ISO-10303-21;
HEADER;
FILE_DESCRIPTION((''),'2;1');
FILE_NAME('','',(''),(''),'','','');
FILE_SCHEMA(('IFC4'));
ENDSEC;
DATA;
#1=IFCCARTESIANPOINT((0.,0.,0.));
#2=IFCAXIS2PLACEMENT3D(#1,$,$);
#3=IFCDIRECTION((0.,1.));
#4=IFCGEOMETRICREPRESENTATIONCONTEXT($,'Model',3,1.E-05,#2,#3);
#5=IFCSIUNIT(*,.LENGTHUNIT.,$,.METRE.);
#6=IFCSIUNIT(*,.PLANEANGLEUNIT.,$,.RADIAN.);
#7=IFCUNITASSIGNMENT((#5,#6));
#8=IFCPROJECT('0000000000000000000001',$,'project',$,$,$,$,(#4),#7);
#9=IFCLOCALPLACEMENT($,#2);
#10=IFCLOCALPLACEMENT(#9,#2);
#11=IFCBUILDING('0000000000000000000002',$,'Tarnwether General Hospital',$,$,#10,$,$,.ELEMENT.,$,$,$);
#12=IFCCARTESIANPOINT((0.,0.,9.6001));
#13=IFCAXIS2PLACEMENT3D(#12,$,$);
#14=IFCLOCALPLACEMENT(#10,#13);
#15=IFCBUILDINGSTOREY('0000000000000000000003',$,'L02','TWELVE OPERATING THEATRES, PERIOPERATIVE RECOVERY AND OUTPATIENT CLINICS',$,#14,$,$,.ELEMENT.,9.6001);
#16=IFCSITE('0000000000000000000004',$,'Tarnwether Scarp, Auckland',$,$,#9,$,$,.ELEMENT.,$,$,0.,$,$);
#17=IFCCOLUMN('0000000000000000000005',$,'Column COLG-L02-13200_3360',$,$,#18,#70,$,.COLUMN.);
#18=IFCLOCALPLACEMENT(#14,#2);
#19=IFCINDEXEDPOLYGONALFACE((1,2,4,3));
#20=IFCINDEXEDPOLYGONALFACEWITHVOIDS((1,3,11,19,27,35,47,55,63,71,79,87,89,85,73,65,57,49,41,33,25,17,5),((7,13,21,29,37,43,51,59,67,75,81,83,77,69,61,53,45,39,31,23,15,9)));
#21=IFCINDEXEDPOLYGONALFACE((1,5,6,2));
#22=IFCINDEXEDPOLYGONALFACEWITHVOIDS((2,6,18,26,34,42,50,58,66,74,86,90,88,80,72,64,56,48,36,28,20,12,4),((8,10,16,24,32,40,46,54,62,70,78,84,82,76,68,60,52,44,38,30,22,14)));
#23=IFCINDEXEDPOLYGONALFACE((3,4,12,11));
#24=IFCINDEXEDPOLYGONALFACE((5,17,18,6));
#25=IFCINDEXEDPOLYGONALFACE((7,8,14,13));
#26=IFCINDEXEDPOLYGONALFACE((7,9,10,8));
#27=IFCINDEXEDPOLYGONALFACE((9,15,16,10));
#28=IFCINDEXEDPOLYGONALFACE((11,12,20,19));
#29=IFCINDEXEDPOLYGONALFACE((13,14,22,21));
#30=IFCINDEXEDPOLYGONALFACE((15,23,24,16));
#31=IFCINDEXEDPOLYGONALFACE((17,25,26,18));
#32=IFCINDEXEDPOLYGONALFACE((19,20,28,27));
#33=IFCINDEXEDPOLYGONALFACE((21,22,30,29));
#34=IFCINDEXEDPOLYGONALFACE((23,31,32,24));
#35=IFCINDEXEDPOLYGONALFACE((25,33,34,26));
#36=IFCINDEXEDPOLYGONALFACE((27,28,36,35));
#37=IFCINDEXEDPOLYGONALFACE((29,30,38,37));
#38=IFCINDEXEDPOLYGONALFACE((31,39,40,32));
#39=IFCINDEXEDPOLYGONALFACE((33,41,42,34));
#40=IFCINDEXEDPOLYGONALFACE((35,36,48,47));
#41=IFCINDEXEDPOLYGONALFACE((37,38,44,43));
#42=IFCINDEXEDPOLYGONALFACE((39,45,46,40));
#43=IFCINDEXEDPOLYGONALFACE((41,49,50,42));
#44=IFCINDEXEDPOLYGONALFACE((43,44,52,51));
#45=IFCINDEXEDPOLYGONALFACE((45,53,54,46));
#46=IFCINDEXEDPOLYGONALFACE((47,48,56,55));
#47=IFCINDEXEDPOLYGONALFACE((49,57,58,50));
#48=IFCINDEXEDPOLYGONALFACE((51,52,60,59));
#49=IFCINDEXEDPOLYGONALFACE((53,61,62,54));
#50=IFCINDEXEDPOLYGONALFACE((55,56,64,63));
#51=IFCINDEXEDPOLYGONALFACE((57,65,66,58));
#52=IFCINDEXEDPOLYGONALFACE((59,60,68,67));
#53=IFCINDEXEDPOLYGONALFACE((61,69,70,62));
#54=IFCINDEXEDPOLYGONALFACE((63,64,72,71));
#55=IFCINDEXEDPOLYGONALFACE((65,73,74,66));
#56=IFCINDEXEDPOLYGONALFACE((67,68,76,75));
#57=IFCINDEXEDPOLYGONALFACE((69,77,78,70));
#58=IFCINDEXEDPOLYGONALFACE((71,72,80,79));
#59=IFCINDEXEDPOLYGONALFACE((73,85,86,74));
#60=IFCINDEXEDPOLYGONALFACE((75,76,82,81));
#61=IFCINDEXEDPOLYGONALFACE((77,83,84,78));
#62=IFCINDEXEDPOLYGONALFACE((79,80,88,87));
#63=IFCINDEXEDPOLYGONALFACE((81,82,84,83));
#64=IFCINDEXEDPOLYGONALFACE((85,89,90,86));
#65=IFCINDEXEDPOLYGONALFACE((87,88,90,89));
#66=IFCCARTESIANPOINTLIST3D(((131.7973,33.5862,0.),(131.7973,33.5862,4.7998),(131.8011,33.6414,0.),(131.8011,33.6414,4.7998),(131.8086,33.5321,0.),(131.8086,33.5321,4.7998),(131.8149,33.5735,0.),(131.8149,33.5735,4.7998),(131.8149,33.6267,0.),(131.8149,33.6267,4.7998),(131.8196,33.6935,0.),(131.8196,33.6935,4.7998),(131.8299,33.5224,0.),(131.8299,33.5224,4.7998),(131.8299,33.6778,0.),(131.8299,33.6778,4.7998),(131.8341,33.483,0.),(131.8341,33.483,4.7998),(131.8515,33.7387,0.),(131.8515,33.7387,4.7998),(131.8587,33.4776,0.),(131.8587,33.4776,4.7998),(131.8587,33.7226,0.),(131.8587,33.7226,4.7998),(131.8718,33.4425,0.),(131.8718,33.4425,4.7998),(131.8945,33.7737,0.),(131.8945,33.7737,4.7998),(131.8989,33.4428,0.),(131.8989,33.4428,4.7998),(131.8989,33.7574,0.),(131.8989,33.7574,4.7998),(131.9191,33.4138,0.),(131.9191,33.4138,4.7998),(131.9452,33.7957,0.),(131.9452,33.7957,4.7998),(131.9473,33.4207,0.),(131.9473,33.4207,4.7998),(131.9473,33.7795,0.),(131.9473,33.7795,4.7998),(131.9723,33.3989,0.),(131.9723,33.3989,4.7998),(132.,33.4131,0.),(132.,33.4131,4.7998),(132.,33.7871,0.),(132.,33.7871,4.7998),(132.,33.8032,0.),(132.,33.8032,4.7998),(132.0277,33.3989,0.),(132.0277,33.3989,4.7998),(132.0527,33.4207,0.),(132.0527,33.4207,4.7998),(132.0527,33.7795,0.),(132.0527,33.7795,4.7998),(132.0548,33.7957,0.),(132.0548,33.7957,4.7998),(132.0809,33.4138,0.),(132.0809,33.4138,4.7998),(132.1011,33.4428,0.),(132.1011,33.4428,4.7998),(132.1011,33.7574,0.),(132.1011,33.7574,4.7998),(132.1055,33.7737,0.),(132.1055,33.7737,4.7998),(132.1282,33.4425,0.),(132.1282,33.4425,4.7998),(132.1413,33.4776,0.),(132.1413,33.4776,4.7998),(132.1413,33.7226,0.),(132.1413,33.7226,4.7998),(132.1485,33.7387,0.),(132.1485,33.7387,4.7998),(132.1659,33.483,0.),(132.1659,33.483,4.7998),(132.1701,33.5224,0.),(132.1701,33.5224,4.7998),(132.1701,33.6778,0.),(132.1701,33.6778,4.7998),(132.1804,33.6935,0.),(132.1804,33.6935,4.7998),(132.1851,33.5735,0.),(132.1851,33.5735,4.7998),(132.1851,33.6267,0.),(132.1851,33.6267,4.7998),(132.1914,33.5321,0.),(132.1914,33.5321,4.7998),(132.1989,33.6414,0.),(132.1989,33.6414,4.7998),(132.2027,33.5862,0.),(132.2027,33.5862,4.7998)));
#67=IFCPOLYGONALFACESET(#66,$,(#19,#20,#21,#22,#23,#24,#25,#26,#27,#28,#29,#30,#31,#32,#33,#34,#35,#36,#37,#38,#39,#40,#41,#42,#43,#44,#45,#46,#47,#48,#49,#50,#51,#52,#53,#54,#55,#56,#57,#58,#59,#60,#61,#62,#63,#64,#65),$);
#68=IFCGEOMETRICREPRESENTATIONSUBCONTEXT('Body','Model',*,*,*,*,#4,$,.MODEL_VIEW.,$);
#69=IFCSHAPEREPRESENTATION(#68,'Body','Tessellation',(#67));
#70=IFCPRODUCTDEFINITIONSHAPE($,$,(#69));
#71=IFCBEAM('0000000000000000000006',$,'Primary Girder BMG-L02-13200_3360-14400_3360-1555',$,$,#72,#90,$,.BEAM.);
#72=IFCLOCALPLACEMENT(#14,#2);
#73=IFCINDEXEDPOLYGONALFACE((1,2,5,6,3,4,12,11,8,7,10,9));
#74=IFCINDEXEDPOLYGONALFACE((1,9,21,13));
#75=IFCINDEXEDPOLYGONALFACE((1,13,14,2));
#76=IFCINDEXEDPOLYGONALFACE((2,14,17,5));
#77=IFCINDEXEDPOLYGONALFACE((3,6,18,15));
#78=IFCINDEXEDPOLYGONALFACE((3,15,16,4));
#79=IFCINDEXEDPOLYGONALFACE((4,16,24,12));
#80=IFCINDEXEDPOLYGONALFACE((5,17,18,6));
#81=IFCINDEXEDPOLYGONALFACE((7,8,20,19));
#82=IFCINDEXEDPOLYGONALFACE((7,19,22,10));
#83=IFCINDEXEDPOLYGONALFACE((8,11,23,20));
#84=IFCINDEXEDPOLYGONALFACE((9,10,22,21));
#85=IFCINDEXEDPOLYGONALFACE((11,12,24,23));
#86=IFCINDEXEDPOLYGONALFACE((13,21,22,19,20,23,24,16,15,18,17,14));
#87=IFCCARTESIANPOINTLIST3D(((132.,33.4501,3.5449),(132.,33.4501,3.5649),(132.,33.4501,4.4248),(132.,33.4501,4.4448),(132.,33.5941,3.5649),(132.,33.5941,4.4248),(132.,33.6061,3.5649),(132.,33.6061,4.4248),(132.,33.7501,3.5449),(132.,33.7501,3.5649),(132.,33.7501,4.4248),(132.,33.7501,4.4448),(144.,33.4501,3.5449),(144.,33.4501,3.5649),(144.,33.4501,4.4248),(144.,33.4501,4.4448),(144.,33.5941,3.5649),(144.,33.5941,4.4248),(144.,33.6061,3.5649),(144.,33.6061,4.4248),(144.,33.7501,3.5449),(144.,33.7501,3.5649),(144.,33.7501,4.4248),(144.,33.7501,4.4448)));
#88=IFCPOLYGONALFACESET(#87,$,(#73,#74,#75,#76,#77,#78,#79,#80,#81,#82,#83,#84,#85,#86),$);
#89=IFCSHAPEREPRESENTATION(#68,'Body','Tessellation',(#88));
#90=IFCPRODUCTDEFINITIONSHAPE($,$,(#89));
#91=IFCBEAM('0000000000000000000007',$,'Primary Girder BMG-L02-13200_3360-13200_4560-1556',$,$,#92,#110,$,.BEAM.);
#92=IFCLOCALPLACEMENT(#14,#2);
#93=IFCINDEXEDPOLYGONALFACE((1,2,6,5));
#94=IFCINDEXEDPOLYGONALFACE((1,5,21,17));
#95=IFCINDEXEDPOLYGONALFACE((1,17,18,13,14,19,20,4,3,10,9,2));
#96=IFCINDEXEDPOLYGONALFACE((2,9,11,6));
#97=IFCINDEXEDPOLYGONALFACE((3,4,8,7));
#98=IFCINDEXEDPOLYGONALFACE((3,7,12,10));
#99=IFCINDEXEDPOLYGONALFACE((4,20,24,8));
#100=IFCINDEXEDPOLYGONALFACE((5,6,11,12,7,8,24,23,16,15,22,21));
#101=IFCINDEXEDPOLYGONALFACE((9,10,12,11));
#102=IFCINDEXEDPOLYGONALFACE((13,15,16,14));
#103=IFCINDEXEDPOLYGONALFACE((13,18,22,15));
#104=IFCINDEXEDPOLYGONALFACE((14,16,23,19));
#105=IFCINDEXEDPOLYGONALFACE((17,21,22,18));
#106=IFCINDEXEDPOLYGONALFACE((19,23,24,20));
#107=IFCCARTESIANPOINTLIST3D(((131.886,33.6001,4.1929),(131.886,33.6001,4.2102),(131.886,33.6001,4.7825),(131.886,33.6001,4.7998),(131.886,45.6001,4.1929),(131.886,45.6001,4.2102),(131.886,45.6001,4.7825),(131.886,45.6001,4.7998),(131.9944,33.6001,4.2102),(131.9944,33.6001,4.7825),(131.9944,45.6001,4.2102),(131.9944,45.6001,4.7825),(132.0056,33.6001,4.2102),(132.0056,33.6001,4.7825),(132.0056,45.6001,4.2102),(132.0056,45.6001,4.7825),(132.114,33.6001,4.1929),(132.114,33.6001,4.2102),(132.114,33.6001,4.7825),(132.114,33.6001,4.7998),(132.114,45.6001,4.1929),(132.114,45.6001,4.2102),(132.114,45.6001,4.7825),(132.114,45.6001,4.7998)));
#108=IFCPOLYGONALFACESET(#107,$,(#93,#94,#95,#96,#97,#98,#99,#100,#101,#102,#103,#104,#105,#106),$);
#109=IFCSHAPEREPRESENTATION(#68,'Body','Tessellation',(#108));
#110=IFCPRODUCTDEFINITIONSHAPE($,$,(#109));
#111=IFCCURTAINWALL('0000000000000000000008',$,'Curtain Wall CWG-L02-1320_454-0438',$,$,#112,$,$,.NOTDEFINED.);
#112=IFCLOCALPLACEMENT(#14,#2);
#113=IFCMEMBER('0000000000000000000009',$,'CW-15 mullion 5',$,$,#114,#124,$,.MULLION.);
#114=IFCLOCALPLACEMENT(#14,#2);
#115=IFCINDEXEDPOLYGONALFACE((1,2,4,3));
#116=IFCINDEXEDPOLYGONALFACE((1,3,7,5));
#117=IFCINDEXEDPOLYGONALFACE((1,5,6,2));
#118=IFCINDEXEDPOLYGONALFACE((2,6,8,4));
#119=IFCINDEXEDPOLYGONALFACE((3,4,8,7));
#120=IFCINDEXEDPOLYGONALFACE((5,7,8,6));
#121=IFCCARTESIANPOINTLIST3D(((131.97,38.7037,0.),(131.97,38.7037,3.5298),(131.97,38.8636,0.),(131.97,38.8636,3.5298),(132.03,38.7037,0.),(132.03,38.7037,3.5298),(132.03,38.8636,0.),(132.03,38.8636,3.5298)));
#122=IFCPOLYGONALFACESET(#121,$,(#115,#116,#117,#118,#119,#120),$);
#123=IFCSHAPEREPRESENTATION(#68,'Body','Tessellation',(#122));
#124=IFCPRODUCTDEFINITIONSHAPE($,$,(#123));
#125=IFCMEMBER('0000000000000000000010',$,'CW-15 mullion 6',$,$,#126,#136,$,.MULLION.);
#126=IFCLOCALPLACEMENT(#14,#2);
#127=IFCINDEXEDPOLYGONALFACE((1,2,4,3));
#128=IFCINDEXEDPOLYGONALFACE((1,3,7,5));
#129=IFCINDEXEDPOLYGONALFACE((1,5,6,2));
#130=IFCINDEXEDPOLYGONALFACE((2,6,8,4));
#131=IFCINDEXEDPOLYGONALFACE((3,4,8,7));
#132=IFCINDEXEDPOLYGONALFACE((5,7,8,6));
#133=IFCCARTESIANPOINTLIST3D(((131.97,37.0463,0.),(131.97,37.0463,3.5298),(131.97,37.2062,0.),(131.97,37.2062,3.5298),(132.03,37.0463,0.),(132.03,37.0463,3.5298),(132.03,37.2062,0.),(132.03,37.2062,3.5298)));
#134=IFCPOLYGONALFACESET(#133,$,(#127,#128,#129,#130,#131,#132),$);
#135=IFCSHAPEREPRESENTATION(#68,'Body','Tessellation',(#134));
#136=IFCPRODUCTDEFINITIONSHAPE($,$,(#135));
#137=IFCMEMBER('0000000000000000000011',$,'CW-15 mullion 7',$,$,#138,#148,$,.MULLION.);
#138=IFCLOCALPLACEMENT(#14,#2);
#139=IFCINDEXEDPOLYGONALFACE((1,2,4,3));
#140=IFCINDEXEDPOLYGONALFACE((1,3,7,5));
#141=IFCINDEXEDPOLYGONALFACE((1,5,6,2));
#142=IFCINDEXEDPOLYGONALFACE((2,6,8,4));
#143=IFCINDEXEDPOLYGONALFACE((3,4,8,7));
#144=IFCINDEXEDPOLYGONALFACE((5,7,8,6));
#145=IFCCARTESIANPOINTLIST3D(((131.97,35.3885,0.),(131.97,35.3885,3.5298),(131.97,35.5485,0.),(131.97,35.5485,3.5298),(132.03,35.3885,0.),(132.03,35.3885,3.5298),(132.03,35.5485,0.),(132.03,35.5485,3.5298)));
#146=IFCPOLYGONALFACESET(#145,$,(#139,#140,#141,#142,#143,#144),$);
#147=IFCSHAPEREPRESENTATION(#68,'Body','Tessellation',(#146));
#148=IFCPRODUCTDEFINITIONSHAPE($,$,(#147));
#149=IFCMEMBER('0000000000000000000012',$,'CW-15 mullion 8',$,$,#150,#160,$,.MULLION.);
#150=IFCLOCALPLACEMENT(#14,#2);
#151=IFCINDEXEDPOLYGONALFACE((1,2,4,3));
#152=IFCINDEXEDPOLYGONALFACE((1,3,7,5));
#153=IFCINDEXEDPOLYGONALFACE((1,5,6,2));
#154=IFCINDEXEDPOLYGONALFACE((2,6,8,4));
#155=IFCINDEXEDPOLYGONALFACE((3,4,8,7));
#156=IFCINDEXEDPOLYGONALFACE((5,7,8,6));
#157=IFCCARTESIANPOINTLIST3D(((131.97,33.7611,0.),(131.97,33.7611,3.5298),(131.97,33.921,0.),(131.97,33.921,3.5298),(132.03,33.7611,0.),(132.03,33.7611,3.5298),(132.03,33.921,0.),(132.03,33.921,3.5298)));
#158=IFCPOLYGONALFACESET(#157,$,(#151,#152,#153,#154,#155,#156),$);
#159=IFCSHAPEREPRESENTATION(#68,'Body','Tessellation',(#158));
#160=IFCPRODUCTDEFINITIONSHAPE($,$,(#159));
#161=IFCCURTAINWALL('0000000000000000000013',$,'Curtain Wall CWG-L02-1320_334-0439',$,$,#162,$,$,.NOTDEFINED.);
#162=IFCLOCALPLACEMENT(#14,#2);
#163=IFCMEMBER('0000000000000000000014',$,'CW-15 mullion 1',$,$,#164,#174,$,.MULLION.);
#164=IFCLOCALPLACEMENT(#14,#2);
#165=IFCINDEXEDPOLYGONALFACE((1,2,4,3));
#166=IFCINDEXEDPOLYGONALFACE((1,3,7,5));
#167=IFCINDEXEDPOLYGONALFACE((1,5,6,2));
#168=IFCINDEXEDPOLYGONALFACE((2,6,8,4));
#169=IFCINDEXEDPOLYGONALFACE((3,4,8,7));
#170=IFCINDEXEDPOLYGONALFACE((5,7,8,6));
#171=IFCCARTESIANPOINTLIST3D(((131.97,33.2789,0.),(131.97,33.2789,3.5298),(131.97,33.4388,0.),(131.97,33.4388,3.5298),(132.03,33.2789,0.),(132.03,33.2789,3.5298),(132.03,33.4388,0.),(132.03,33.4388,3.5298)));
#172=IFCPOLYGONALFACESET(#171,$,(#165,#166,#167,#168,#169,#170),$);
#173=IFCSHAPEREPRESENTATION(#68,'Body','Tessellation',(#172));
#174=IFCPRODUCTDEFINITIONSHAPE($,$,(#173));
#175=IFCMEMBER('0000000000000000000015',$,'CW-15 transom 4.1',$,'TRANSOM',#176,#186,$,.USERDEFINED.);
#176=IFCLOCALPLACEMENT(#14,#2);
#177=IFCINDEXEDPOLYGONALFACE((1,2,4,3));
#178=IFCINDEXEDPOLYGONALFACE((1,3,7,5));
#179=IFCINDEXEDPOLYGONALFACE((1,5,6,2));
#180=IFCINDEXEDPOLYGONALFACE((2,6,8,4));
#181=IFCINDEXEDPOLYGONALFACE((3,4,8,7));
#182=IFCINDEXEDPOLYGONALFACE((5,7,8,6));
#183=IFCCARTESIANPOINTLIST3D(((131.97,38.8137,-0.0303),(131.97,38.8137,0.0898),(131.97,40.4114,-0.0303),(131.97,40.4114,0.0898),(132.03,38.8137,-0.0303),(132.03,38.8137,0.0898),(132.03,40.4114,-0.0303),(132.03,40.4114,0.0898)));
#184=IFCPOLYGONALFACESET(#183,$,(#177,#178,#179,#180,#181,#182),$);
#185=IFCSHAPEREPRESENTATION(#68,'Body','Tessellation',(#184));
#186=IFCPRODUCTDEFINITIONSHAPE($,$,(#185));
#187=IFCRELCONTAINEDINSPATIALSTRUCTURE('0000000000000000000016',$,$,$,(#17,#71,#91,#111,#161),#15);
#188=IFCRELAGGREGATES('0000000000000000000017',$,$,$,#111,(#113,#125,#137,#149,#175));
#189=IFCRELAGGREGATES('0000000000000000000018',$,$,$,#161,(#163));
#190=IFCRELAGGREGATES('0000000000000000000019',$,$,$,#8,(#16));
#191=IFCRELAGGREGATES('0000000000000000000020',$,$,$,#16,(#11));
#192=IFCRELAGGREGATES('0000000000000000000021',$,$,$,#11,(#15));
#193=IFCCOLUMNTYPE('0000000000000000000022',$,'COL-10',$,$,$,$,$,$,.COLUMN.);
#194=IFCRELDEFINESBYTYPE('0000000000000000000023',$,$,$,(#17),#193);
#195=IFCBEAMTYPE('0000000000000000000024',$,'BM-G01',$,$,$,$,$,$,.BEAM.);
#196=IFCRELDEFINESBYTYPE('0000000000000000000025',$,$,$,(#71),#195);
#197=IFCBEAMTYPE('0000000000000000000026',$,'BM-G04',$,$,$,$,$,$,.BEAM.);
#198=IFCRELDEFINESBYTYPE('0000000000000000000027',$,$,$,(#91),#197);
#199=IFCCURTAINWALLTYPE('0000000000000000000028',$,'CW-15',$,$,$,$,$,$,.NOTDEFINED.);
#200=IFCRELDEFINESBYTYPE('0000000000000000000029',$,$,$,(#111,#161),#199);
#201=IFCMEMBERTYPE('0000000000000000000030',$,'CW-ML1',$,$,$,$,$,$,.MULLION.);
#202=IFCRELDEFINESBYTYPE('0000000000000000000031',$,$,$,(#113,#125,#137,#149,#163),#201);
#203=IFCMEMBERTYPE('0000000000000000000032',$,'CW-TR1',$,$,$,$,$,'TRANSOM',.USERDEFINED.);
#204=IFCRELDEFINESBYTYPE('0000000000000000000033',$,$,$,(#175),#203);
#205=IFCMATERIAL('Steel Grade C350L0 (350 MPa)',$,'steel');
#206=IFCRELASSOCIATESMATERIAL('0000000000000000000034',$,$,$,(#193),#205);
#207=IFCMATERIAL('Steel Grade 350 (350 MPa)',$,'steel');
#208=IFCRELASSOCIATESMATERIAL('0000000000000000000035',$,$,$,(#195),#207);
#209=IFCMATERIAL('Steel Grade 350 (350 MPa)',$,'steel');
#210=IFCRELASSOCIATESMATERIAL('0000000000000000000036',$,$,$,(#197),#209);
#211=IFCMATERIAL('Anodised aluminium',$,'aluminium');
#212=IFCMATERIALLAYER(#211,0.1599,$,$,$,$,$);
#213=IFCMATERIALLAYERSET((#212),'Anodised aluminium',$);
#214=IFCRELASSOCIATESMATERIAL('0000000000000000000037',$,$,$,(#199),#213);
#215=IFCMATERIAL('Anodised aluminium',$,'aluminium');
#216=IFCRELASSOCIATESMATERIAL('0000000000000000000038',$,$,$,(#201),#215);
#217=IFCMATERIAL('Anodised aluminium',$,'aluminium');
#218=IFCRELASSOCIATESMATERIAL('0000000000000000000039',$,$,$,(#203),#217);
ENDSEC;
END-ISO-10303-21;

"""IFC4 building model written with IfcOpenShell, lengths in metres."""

from ifc_helpers import new_model, si_unit, direction, frame, origin, origin_2d, place, context, subcontext, project, spatial, rectangle, hollow_circle, i_section, extrude, material, layer, layer_set, material_profile, profile_set, type_object, element, aggregate, save


model = new_model("IFC4")

# Units and contexts
model_context = context("Model", 3, precision=1e-05, world=origin(), true_north=direction((0.0, 1.0)))
body_context = subcontext(model_context, "Body", "Model", "MODEL_VIEW")
ifc_project = project(units=[si_unit("LENGTHUNIT", "METRE"), si_unit("PLANEANGLEUNIT", "RADIAN")], contexts=[model_context])

# Site, building, storey
site_placement = place(None, origin())
site = spatial("IfcSite", under=ifc_project, at=site_placement, Name="Tarnwether Scarp, Auckland", CompositionType="ELEMENT", RefElevation=0.0)
building_placement = place(site_placement, origin())
building = spatial("IfcBuilding", under=site, at=building_placement, Name="Tarnwether General Hospital", CompositionType="ELEMENT")
storey_placement = place(building_placement, frame((0.0, 0.0, 9.6001)))
storey = spatial("IfcBuildingStorey", under=building, at=storey_placement, Name="L02", Description="TWELVE OPERATING THEATRES, PERIOPERATIVE RECOVERY AND OUTPATIENT CLINICS", CompositionType="ELEMENT", Elevation=9.6001)

# Column
ifc_material_1 = material(Name="Steel Grade C350L0 (350 MPa)", Category="steel")
ifc_material_profile_1 = material_profile(ifc_material_1, hollow_circle(Radius=0.2031, WallThickness=0.0161, at=origin_2d()), Name="CHS406.4x16.0")
ifc_profile_set_1 = profile_set([ifc_material_profile_1], Name="Steel Grade C350L0 (350 MPa)")
column_type = type_object("IfcColumnType", Name="COL-10", PredefinedType="COLUMN", material=ifc_profile_set_1)
column_placement = place(storey_placement, frame((132.0, 33.6001, 0.0), z_axis=(0.0, 0.0, 1.0), x_axis=(0.0, 1.0, 0.0)))
element("IfcColumn", 1, at=column_placement, inside=storey, type_object=column_type, Name="Column COLG-L02-13200_3360", PredefinedType="COLUMN", context=body_context, shape_type="SweptSolid", body=[
    extrude(hollow_circle(Radius=0.2031, WallThickness=0.0161, at=origin_2d()), origin(), (0.0, 0.0, 1.0), 4.7998),
])

# Beams
ifc_material_2 = material(Name="Steel Grade 350 (350 MPa)", Category="steel")
ifc_material_profile_2 = material_profile(ifc_material_2, i_section(OverallWidth=0.3, OverallDepth=0.8999, WebThickness=0.012, FlangeThickness=0.02, at=origin_2d()), Name="900WB175")
ifc_profile_set_2 = profile_set([ifc_material_profile_2], Name="Steel Grade 350 (350 MPa)")
beam_type_1 = type_object("IfcBeamType", Name="BM-G01", PredefinedType="BEAM", material=ifc_profile_set_2)
beam_1_placement = place(storey_placement, frame((132.0, 33.6001, 3.9949), z_axis=(1.0, 0.0, 0.0), x_axis=(0.0, 1.0, 0.0)))
element("IfcBeam", 2, at=beam_1_placement, inside=storey, type_object=beam_type_1, Name="Primary Girder BMG-L02-13200_3360-14400_3360-1555", PredefinedType="BEAM", context=body_context, shape_type="SweptSolid", body=[
    extrude(i_section(OverallWidth=0.3, OverallDepth=0.8999, WebThickness=0.012, FlangeThickness=0.02, at=origin_2d()), origin(), (0.0, 0.0, 1.0), 12.0),
])
ifc_material_3 = material(Name="Steel Grade 350 (350 MPa)", Category="steel")
ifc_material_profile_3 = material_profile(ifc_material_3, i_section(OverallWidth=0.228, OverallDepth=0.6069, WebThickness=0.0112, FlangeThickness=0.0173, at=origin_2d()), Name="610UB113")
ifc_profile_set_3 = profile_set([ifc_material_profile_3], Name="Steel Grade 350 (350 MPa)")
beam_type_2 = type_object("IfcBeamType", Name="BM-G04", PredefinedType="BEAM", material=ifc_profile_set_3)
beam_2_placement = place(storey_placement, frame((132.0, 33.6001, 4.4963), z_axis=(0.0, 1.0, 0.0), x_axis=(-1.0, 0.0, 0.0)))
element("IfcBeam", 3, at=beam_2_placement, inside=storey, type_object=beam_type_2, Name="Primary Girder BMG-L02-13200_3360-13200_4560-1556", PredefinedType="BEAM", context=body_context, shape_type="SweptSolid", body=[
    extrude(i_section(OverallWidth=0.228, OverallDepth=0.6069, WebThickness=0.0112, FlangeThickness=0.0173, at=origin_2d()), origin(), (0.0, 0.0, 1.0), 12.0),
])

# Curtain wall, members
ifc_material_4 = material(Name="Anodised aluminium", Category="aluminium")
ifc_layer_1 = layer(ifc_material_4, 0.1599)
ifc_layer_set_1 = layer_set([ifc_layer_1], Name="Anodised aluminium")
curtain_wall_type = type_object("IfcCurtainWallType", Name="CW-15", PredefinedType="NOTDEFINED", material=ifc_layer_set_1)
curtain_wall_1_placement = place(storey_placement, origin())
curtain_wall_1 = element("IfcCurtainWall", 4, at=curtain_wall_1_placement, inside=storey, type_object=curtain_wall_type, Name="Curtain Wall CWG-L02-1320_454-0438", PredefinedType="NOTDEFINED")
ifc_material_5 = material(Name="Anodised aluminium", Category="aluminium")
ifc_material_profile_4 = material_profile(ifc_material_5, rectangle(XDim=0.0601, YDim=0.1599, at=origin_2d()), Name="ALU-MUL-60x160")
ifc_profile_set_4 = profile_set([ifc_material_profile_4], Name="Anodised aluminium")
member_type_1 = type_object("IfcMemberType", Name="CW-ML1", PredefinedType="MULLION", material=ifc_profile_set_4)
member_1_placement = place(storey_placement, frame((132.0, 38.7837, 0.0), z_axis=(0.0, 0.0, 1.0), x_axis=(1.0, 0.0, 0.0)))
member_1 = element("IfcMember", 5, at=member_1_placement, type_object=member_type_1, Name="CW-15 mullion 5", PredefinedType="MULLION", context=body_context, shape_type="SweptSolid", body=[
    extrude(rectangle(XDim=0.0601, YDim=0.1599, at=origin_2d()), origin(), (0.0, 0.0, 1.0), 3.5298),
])
member_2_placement = place(storey_placement, frame((132.0, 37.1262, 0.0), z_axis=(0.0, 0.0, 1.0), x_axis=(1.0, 0.0, 0.0)))
member_2 = element("IfcMember", 6, at=member_2_placement, type_object=member_type_1, Name="CW-15 mullion 6", PredefinedType="MULLION", context=body_context, shape_type="SweptSolid", body=[
    extrude(rectangle(XDim=0.0601, YDim=0.1599, at=origin_2d()), origin(), (0.0, 0.0, 1.0), 3.5298),
])
member_3_placement = place(storey_placement, frame((132.0, 35.4685, 0.0), z_axis=(0.0, 0.0, 1.0), x_axis=(1.0, 0.0, 0.0)))
member_3 = element("IfcMember", 7, at=member_3_placement, type_object=member_type_1, Name="CW-15 mullion 7", PredefinedType="MULLION", context=body_context, shape_type="SweptSolid", body=[
    extrude(rectangle(XDim=0.0601, YDim=0.1599, at=origin_2d()), origin(), (0.0, 0.0, 1.0), 3.5298),
])
member_4_placement = place(storey_placement, frame((132.0, 33.8411, 0.0), z_axis=(0.0, 0.0, 1.0), x_axis=(1.0, 0.0, 0.0)))
member_4 = element("IfcMember", 8, at=member_4_placement, type_object=member_type_1, Name="CW-15 mullion 8", PredefinedType="MULLION", context=body_context, shape_type="SweptSolid", body=[
    extrude(rectangle(XDim=0.0601, YDim=0.1599, at=origin_2d()), origin(), (0.0, 0.0, 1.0), 3.5298),
])

# Curtain wall, member
curtain_wall_2_placement = place(storey_placement, origin())
curtain_wall_2 = element("IfcCurtainWall", 9, at=curtain_wall_2_placement, inside=storey, type_object=curtain_wall_type, Name="Curtain Wall CWG-L02-1320_334-0439", PredefinedType="NOTDEFINED")
member_5_placement = place(storey_placement, frame((132.0, 33.3589, 0.0), z_axis=(0.0, 0.0, 1.0), x_axis=(1.0, 0.0, 0.0)))
member_5 = element("IfcMember", 10, at=member_5_placement, type_object=member_type_1, Name="CW-15 mullion 1", PredefinedType="MULLION", context=body_context, shape_type="SweptSolid", body=[
    extrude(rectangle(XDim=0.0601, YDim=0.1599, at=origin_2d()), origin(), (0.0, 0.0, 1.0), 3.5298),
])

# Member
ifc_material_6 = material(Name="Anodised aluminium", Category="aluminium")
ifc_material_profile_5 = material_profile(ifc_material_6, rectangle(XDim=0.0601, YDim=0.1201, at=origin_2d()), Name="ALU-TRN-60x120")
ifc_profile_set_5 = profile_set([ifc_material_profile_5], Name="Anodised aluminium")
member_type_2 = type_object("IfcMemberType", Name="CW-TR1", ElementType="TRANSOM", PredefinedType="USERDEFINED", material=ifc_profile_set_5)
member_6_placement = place(storey_placement, frame((132.0, 40.4114, 0.0298), z_axis=(0.0, -1.0, 0.0), x_axis=(1.0, 0.0, 0.0)))
member_6 = element("IfcMember", 11, at=member_6_placement, type_object=member_type_2, Name="CW-15 transom 4.1", ObjectType="TRANSOM", PredefinedType="USERDEFINED", context=body_context, shape_type="SweptSolid", body=[
    extrude(rectangle(XDim=0.0601, YDim=0.1201, at=origin_2d()), origin(), (0.0, 0.0, 1.0), 1.5977),
])

aggregate(curtain_wall_1, [member_1, member_2, member_3, member_4, member_6])
aggregate(curtain_wall_2, [member_5])

save(model, "model.ifc")
